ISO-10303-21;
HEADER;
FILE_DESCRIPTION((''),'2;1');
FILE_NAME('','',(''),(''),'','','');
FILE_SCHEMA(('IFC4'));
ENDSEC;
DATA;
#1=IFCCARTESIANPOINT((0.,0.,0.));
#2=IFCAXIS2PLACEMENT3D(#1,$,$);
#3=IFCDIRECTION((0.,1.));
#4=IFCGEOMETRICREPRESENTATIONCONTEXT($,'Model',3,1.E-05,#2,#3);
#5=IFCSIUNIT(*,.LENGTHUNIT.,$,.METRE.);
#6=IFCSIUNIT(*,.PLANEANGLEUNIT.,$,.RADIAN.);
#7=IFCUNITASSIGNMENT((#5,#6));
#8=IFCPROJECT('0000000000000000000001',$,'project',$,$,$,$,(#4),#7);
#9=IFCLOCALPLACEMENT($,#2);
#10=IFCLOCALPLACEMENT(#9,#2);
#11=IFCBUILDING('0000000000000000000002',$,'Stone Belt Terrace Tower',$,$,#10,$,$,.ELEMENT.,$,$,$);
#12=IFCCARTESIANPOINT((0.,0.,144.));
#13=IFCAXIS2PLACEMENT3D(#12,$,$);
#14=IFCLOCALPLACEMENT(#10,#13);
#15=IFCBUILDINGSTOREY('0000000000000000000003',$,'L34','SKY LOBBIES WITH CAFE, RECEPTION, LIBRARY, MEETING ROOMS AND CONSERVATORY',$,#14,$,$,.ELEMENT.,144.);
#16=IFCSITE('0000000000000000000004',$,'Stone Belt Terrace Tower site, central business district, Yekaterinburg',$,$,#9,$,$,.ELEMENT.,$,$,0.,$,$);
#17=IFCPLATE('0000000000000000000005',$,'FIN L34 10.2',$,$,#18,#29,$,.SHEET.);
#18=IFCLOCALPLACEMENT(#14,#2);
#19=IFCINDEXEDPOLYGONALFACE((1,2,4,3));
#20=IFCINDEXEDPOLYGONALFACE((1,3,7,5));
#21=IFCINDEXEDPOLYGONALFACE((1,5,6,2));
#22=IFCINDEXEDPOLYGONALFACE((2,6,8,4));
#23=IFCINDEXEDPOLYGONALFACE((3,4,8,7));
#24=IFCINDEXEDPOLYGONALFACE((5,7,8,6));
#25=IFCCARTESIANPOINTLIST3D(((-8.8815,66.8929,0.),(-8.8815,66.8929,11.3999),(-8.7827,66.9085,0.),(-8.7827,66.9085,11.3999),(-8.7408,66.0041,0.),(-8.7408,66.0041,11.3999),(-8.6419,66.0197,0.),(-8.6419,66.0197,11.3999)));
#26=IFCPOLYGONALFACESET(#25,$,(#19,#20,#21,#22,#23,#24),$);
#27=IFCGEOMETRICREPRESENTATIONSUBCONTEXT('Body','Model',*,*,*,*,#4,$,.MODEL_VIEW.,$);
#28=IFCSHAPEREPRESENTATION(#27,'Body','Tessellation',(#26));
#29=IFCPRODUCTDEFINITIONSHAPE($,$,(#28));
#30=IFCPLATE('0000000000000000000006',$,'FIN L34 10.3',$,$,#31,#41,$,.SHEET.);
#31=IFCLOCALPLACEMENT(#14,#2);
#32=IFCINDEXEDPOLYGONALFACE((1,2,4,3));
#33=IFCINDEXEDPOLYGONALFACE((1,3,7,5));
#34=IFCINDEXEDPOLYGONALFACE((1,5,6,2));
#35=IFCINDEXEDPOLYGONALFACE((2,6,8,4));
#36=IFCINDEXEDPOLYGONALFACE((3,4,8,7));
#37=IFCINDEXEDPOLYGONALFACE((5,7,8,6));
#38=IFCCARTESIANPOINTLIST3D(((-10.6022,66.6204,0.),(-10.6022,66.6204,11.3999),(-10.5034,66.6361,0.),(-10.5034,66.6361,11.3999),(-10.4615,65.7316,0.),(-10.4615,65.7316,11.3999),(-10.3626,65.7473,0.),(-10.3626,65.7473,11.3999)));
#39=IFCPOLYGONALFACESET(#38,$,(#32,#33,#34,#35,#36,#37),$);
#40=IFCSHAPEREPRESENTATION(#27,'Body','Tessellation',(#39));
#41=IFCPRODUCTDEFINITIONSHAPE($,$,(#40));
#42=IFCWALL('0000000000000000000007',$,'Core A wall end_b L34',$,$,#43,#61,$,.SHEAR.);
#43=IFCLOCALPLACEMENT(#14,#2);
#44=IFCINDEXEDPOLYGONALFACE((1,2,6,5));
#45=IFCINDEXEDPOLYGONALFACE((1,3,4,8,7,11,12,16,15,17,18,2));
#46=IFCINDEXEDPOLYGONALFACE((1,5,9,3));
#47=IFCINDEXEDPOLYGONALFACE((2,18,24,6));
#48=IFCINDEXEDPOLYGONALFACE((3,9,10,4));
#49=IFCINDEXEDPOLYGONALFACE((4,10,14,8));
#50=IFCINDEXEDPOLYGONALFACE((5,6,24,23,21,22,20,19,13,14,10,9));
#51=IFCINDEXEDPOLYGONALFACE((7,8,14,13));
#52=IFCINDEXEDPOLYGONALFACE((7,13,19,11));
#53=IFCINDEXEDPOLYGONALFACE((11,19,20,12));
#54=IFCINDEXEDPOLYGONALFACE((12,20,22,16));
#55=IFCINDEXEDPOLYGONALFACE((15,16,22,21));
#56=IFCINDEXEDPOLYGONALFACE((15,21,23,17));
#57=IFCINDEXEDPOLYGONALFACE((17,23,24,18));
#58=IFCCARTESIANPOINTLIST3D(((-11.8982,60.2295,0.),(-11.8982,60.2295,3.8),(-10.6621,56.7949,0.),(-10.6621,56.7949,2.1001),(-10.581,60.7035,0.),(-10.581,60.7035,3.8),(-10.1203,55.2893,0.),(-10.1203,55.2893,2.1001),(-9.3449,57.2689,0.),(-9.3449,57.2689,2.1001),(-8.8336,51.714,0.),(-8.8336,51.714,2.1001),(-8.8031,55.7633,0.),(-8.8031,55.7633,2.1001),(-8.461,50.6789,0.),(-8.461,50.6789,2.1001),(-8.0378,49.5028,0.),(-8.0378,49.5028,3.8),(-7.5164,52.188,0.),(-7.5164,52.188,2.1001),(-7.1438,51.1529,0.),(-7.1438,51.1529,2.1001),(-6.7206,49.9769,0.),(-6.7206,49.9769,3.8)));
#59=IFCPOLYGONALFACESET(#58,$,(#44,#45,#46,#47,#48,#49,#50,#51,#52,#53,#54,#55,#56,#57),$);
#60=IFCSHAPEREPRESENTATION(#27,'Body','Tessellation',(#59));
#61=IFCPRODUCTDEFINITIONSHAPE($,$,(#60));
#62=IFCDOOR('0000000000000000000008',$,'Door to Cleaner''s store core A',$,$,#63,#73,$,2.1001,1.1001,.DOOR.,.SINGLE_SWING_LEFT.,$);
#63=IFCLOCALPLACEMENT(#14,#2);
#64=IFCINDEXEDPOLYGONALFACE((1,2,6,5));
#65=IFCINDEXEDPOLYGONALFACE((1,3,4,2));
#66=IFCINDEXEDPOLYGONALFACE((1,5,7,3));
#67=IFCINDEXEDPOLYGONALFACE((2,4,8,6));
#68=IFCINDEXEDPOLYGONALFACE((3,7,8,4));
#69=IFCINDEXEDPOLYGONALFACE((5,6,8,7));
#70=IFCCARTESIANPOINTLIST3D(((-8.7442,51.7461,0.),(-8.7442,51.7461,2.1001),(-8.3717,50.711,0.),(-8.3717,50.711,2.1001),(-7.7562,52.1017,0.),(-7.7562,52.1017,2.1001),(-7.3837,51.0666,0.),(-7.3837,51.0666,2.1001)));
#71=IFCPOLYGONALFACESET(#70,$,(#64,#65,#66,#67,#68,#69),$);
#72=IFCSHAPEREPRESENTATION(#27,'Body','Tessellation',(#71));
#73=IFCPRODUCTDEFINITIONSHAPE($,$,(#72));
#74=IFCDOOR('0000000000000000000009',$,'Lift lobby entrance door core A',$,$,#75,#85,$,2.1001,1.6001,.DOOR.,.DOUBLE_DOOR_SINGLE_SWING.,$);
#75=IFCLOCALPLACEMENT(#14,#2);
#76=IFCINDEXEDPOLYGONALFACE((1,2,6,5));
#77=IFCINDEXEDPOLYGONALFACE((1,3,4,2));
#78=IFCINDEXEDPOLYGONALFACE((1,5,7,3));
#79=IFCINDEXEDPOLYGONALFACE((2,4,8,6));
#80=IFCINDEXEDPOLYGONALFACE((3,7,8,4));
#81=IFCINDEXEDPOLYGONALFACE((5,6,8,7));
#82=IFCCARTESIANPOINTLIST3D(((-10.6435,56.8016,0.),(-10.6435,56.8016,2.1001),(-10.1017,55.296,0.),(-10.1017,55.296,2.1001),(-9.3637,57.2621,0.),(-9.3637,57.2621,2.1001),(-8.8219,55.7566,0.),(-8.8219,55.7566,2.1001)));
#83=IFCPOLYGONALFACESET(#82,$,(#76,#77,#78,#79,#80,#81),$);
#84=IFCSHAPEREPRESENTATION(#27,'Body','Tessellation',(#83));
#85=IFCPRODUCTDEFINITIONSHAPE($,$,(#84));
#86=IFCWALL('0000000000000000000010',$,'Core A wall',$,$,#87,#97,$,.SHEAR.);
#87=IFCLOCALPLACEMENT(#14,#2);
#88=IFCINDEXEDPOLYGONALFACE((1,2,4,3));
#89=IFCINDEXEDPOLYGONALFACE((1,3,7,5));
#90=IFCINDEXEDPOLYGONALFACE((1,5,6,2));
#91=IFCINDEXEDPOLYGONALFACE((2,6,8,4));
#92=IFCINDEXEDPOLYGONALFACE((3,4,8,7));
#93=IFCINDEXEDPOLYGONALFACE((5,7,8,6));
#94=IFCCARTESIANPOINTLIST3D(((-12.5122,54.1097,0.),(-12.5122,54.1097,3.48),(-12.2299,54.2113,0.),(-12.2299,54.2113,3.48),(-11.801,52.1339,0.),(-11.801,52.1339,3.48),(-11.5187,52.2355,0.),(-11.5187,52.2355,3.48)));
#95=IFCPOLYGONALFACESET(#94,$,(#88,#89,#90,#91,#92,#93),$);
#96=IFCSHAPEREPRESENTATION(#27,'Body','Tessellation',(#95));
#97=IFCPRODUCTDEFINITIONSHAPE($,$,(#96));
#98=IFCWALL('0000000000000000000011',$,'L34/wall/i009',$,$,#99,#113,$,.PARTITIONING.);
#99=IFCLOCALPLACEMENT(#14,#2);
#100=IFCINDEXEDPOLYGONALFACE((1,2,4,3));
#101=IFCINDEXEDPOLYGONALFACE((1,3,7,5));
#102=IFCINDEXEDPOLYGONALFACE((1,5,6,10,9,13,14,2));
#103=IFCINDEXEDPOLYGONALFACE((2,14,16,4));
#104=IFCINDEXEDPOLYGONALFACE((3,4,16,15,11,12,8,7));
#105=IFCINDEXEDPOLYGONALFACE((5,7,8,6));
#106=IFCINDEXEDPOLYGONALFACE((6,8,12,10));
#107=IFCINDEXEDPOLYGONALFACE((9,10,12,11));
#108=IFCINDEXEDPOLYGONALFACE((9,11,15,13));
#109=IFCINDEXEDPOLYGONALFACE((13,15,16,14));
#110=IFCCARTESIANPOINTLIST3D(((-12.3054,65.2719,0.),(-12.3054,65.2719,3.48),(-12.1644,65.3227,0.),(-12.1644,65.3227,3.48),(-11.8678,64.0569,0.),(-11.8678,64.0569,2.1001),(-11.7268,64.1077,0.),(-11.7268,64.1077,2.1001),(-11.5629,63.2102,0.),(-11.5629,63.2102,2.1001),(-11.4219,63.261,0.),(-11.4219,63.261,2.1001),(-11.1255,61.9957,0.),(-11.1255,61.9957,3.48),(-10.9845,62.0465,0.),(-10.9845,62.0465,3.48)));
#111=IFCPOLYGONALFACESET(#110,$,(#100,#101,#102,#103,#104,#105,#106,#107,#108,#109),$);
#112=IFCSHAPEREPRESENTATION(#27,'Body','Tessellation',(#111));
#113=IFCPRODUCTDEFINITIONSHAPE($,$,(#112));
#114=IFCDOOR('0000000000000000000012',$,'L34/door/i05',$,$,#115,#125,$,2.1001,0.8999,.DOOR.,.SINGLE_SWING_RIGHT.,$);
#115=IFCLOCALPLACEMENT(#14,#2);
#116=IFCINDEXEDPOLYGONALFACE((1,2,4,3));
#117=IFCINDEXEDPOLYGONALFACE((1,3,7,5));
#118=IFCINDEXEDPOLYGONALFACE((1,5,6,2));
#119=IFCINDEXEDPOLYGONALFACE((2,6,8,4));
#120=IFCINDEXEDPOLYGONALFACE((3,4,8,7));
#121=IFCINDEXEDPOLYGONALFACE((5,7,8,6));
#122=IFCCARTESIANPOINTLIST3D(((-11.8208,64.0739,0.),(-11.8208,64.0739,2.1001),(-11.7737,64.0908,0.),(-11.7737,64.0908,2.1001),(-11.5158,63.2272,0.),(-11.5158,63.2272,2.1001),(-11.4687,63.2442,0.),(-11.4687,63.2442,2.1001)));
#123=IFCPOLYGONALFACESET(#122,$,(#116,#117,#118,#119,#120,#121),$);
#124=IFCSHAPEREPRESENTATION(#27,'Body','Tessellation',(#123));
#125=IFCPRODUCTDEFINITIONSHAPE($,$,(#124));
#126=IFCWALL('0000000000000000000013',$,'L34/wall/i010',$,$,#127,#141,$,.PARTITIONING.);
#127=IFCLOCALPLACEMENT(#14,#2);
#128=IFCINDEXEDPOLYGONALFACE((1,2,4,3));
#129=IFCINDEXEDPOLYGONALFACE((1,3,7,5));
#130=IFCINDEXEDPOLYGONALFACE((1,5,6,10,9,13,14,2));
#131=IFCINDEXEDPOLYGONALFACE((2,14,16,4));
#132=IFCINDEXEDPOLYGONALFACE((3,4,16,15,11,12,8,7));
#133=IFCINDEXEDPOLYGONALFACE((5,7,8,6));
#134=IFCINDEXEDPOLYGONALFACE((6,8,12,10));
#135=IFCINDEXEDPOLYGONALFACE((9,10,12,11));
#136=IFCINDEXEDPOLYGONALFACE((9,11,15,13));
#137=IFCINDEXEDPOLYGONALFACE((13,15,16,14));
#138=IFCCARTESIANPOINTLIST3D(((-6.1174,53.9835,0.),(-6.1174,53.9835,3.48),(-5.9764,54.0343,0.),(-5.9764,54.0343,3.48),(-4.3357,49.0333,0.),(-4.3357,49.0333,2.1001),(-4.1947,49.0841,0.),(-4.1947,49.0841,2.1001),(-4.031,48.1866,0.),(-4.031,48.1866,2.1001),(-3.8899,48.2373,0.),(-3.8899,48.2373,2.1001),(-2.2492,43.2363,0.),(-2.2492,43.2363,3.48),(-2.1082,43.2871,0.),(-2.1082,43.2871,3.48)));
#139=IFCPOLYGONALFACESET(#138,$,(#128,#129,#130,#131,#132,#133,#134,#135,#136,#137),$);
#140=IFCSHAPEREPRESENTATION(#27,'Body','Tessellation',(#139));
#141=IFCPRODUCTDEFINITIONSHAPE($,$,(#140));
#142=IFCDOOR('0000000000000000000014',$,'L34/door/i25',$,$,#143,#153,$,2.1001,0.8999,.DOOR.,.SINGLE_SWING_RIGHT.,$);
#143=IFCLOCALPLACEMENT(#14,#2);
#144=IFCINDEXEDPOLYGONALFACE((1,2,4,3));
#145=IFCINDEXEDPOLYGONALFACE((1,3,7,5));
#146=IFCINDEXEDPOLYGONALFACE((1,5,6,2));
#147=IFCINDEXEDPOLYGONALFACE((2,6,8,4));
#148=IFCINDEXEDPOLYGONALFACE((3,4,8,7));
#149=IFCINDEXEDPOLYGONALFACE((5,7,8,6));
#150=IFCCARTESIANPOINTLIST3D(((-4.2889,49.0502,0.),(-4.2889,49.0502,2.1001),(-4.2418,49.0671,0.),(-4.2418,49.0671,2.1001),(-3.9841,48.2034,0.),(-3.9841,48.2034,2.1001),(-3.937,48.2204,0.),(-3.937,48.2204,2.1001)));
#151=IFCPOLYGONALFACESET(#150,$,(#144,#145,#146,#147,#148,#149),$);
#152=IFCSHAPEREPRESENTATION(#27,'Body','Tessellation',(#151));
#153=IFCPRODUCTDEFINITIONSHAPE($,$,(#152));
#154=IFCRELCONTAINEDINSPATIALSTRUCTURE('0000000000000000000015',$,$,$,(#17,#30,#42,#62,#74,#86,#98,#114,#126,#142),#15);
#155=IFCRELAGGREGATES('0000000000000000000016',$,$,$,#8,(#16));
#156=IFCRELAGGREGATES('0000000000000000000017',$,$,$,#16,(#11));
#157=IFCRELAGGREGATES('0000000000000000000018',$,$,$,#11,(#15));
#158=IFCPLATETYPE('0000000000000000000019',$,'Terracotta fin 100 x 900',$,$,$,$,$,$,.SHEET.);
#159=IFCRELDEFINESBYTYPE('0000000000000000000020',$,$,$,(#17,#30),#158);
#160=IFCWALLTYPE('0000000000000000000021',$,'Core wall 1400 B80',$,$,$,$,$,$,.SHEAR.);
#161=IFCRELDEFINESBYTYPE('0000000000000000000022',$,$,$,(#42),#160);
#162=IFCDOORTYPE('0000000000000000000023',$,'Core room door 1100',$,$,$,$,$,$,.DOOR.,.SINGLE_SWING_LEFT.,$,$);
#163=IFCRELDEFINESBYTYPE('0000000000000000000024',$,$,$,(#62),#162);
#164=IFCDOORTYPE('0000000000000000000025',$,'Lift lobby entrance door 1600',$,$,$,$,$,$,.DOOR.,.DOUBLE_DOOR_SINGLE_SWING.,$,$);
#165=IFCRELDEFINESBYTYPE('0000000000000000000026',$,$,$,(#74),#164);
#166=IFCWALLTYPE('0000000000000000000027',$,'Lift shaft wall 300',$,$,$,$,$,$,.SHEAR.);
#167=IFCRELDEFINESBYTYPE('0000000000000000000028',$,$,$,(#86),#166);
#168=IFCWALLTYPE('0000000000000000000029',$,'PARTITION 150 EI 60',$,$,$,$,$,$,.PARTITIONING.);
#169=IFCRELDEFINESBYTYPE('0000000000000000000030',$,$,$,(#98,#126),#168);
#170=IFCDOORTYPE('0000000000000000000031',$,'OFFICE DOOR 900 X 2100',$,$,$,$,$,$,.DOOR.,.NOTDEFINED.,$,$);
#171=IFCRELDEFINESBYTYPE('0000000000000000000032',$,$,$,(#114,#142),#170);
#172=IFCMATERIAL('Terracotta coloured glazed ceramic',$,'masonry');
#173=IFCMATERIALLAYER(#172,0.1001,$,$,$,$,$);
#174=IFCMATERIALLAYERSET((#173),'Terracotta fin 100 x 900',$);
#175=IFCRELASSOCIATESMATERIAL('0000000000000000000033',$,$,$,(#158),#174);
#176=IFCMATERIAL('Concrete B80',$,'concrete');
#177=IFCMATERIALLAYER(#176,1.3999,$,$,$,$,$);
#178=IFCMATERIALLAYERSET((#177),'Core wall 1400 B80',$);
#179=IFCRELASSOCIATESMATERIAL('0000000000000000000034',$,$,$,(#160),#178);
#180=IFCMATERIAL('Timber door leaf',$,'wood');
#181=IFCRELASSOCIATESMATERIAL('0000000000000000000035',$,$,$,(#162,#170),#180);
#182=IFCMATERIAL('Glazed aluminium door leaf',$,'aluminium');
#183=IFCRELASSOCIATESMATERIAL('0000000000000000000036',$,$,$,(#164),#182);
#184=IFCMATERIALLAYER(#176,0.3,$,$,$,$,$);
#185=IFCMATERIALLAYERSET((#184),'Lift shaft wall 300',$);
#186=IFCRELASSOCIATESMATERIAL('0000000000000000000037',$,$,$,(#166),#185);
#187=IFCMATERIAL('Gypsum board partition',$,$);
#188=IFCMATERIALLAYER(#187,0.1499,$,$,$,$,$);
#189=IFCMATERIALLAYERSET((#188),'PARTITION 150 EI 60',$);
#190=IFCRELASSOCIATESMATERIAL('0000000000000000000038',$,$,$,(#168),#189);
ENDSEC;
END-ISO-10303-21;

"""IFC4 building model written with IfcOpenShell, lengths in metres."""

from ifc_helpers import new_model, si_unit, direction, frame, frame_2d, origin, origin_2d, place, context, subcontext, project, spatial, rectangle, extrude, material, layer, layer_set, type_object, element, fill, save


model = new_model("IFC4")

# Units and contexts
model_context = context("Model", 3, precision=1e-05, world=origin(), true_north=direction((0.0, 1.0)))
body_context = subcontext(model_context, "Body", "Model", "MODEL_VIEW")
ifc_project = project(units=[si_unit("LENGTHUNIT", "METRE"), si_unit("PLANEANGLEUNIT", "RADIAN")], contexts=[model_context])

# Site, building, storey
site_placement = place(None, origin())
site = spatial("IfcSite", under=ifc_project, at=site_placement, Name="Stone Belt Terrace Tower site, central business district, Yekaterinburg", CompositionType="ELEMENT", RefElevation=0.0)
building_placement = place(site_placement, origin())
building = spatial("IfcBuilding", under=site, at=building_placement, Name="Stone Belt Terrace Tower", CompositionType="ELEMENT")
storey_placement = place(building_placement, frame((0.0, 0.0, 144.0)))
storey = spatial("IfcBuildingStorey", under=building, at=storey_placement, Name="L34", Description="SKY LOBBIES WITH CAFE, RECEPTION, LIBRARY, MEETING ROOMS AND CONSERVATORY", CompositionType="ELEMENT", Elevation=144.0)

# Shared definitions
ifc_material_1 = material(Name="Concrete B80", Category="concrete")

# Plates
ifc_material_2 = material(Name="Terracotta coloured glazed ceramic", Category="masonry")
ifc_layer_1 = layer(ifc_material_2, 0.1001)
ifc_layer_set_1 = layer_set([ifc_layer_1], Name="Terracotta fin 100 x 900")
plate_type_1 = type_object("IfcPlateType", Name="Terracotta fin 100 x 900", PredefinedType="SHEET", material=ifc_layer_set_1)
for number, where, z_axis, x_axis, name in (
    (1, (-8.7617, 66.4563, 0.0), (0.0, 0.0, 1.0), (-0.156434, 0.987688, 0.0), "FIN L34 10.2"),
    (2, (-10.4824, 66.1838, 0.0), (0.0, 0.0, 1.0), (-0.156434, 0.987688, 0.0), "FIN L34 10.3"),
):
    element("IfcPlate", number, at=place(storey_placement, frame(where, z_axis=z_axis, x_axis=x_axis)), inside=storey, type_object=plate_type_1, Name=name, PredefinedType="SHEET", context=body_context, shape_type="SweptSolid", body=[
        extrude(rectangle(XDim=0.8999, YDim=0.1001, at=origin_2d()), origin(), (0.0, 0.0, 1.0), 11.3999),
    ])

# Wall, openings, doors
ifc_layer_2 = layer(ifc_material_1, 1.3999)
ifc_layer_set_2 = layer_set([ifc_layer_2], Name="Core wall 1400 B80")
wall_type_1 = type_object("IfcWallType", Name="Core wall 1400 B80", PredefinedType="SHEAR", material=ifc_layer_set_2)
wall_1_placement = place(storey_placement, frame((-7.3792, 49.7397, 0.0), z_axis=(0.0, 0.0, 1.0), x_axis=(-0.338625, 0.940921, 0.0)))
wall_1 = element("IfcWall", 3, at=wall_1_placement, inside=storey, type_object=wall_type_1, Name="Core A wall end_b L34", PredefinedType="SHEAR", context=body_context, shape_type="SweptSolid", body=[
    extrude(rectangle(XDim=11.4001, YDim=1.3999, at=frame_2d((5.7002, 0.0))), origin(), (0.0, 0.0, 1.0), 3.8),
])
opening_1_placement = place(wall_1_placement, frame((6.1499, 0.0, 0.0)))
opening_1 = element("IfcOpeningElement", 4, at=opening_1_placement, cuts=wall_1, PredefinedType="OPENING", context=body_context, shape_type="SweptSolid", body=[
    extrude(rectangle(XDim=1.6001, YDim=2.1001, at=frame_2d((0.8, 1.05))), frame((0.0, 0.71, 0.0), z_axis=(0.0, -1.0, 0.0), x_axis=(1.0, 0.0, 0.0)), (0.0, 0.0, 1.0), 1.4199),
])
opening_2_placement = place(wall_1_placement, frame((1.25, 0.0, 0.0)))
opening_2 = element("IfcOpeningElement", 5, at=opening_2_placement, cuts=wall_1, PredefinedType="OPENING", context=body_context, shape_type="SweptSolid", body=[
    extrude(rectangle(XDim=1.1001, YDim=2.1001, at=frame_2d((0.55, 1.05))), frame((0.0, 0.71, 0.0), z_axis=(0.0, -1.0, 0.0), x_axis=(1.0, 0.0, 0.0)), (0.0, 0.0, 1.0), 1.4199),
])
ifc_material_3 = material(Name="Timber door leaf", Category="wood")
door_type_1 = type_object("IfcDoorType", Name="Core room door 1100", OperationType="SINGLE_SWING_LEFT", PredefinedType="DOOR", material=ifc_material_3)
door_1_placement = place(opening_2_placement, origin())
door_1 = element("IfcDoor", 6, at=door_1_placement, inside=storey, type_object=door_type_1, Name="Door to Cleaner's store core A", OperationType="SINGLE_SWING_LEFT", OverallHeight=2.1001, OverallWidth=1.1001, PredefinedType="DOOR", context=body_context, shape_type="SweptSolid", body=[
    extrude(rectangle(XDim=1.1001, YDim=2.1001, at=frame_2d((0.55, 1.05))), frame((0.0, 0.605, 0.0), z_axis=(0.0, -1.0, 0.0), x_axis=(1.0, 0.0, 0.0)), (0.0, 0.0, 1.0), 1.05),
])
fill(opening_2, door_1)
ifc_material_4 = material(Name="Glazed aluminium door leaf", Category="aluminium")
door_type_2 = type_object("IfcDoorType", Name="Lift lobby entrance door 1600", OperationType="DOUBLE_DOOR_SINGLE_SWING", PredefinedType="DOOR", material=ifc_material_4)
door_2_placement = place(opening_1_placement, origin())
door_2 = element("IfcDoor", 7, at=door_2_placement, inside=storey, type_object=door_type_2, Name="Lift lobby entrance door core A", OperationType="DOUBLE_DOOR_SINGLE_SWING", OverallHeight=2.1001, OverallWidth=1.6001, PredefinedType="DOOR", context=body_context, shape_type="SweptSolid", body=[
    extrude(rectangle(XDim=1.6001, YDim=2.1001, at=frame_2d((0.8, 1.05))), frame((0.0, 0.6802, 0.0), z_axis=(0.0, -1.0, 0.0), x_axis=(1.0, 0.0, 0.0)), (0.0, 0.0, 1.0), 1.3601),
])
fill(opening_1, door_2)

# Wall
ifc_layer_3 = layer(ifc_material_1, 0.3)
ifc_layer_set_3 = layer_set([ifc_layer_3], Name="Lift shaft wall 300")
wall_type_2 = type_object("IfcWallType", Name="Lift shaft wall 300", PredefinedType="SHEAR", material=ifc_layer_set_3)
wall_2_placement = place(storey_placement, frame((-11.6599, 52.1848, 0.0), z_axis=(0.0, 0.0, 1.0), x_axis=(-0.33867, 0.940905, 0.0)))
element("IfcWall", 8, at=wall_2_placement, inside=storey, type_object=wall_type_2, Name="Core A wall", PredefinedType="SHEAR", context=body_context, shape_type="SweptSolid", body=[
    extrude(rectangle(XDim=2.0999, YDim=0.3, at=frame_2d((1.0498, 0.0))), origin(), (0.0, 0.0, 1.0), 3.48),
])

# Walls, openings, doors
ifc_material_5 = material(Name="Gypsum board partition")
ifc_layer_4 = layer(ifc_material_5, 0.1499)
ifc_layer_set_4 = layer_set([ifc_layer_4], Name="PARTITION 150 EI 60")
wall_type_3 = type_object("IfcWallType", Name="PARTITION 150 EI 60", PredefinedType="PARTITIONING", material=ifc_layer_set_4)
wall_3_placement = place(storey_placement, frame((-11.0549, 62.021, 0.0), z_axis=(0.0, 0.0, 1.0), x_axis=(-0.338854, 0.940839, 0.0)))
wall_3 = element("IfcWall", 9, at=wall_3_placement, inside=storey, type_object=wall_type_3, Name="L34/wall/i009", PredefinedType="PARTITIONING", context=body_context, shape_type="SweptSolid", body=[
    extrude(rectangle(XDim=3.4822, YDim=0.1499, at=frame_2d((1.7412, 0.0))), origin(), (0.0, 0.0, 1.0), 3.48),
])
opening_3_placement = place(wall_3_placement, frame((1.291, 0.0, 0.0)))
opening_3 = element("IfcOpeningElement", 10, at=opening_3_placement, cuts=wall_3, PredefinedType="OPENING", context=body_context, shape_type="SweptSolid", body=[
    extrude(rectangle(XDim=0.8999, YDim=2.1001, at=frame_2d((0.45, 1.05))), frame((0.0, 0.085, 0.0), z_axis=(0.0, -1.0, 0.0), x_axis=(1.0, 0.0, 0.0)), (0.0, 0.0, 1.0), 0.1699),
])
door_type_3 = type_object("IfcDoorType", Name="OFFICE DOOR 900 X 2100", OperationType="NOTDEFINED", PredefinedType="DOOR", material=ifc_material_3)
door_3_placement = place(opening_3_placement, origin())
door_3 = element("IfcDoor", 11, at=door_3_placement, inside=storey, type_object=door_type_3, Name="L34/door/i05", OperationType="SINGLE_SWING_RIGHT", OverallHeight=2.1001, OverallWidth=0.8999, PredefinedType="DOOR", context=body_context, shape_type="SweptSolid", body=[
    extrude(rectangle(XDim=0.8999, YDim=2.1001, at=frame_2d((0.45, 1.05))), frame((0.0, 0.0249, 0.0), z_axis=(0.0, -1.0, 0.0), x_axis=(1.0, 0.0, 0.0)), (0.0, 0.0, 1.0), 0.05),
])
fill(opening_3, door_3)
wall_4_placement = place(storey_placement, frame((-6.0469, 54.0088, 0.0), z_axis=(0.0, 0.0, 1.0), x_axis=(0.338659, -0.940909, 0.0)))
wall_4 = element("IfcWall", 12, at=wall_4_placement, inside=storey, type_object=wall_type_3, Name="L34/wall/i010", PredefinedType="PARTITIONING", context=body_context, shape_type="SweptSolid", body=[
    extrude(rectangle(XDim=11.4221, YDim=0.1499, at=frame_2d((5.7109, 0.0))), origin(), (0.0, 0.0, 1.0), 3.48),
])
opening_4_placement = place(wall_4_placement, frame((5.261, 0.0, 0.0)))
opening_4 = element("IfcOpeningElement", 13, at=opening_4_placement, cuts=wall_4, PredefinedType="OPENING", context=body_context, shape_type="SweptSolid", body=[
    extrude(rectangle(XDim=0.8999, YDim=2.1001, at=frame_2d((0.45, 1.05))), frame((0.0, 0.085, 0.0), z_axis=(0.0, -1.0, 0.0), x_axis=(1.0, 0.0, 0.0)), (0.0, 0.0, 1.0), 0.1699),
])
door_4_placement = place(opening_4_placement, origin())
door_4 = element("IfcDoor", 14, at=door_4_placement, inside=storey, type_object=door_type_3, Name="L34/door/i25", OperationType="SINGLE_SWING_RIGHT", OverallHeight=2.1001, OverallWidth=0.8999, PredefinedType="DOOR", context=body_context, shape_type="SweptSolid", body=[
    extrude(rectangle(XDim=0.8999, YDim=2.1001, at=frame_2d((0.45, 1.05))), frame((0.0, 0.0249, 0.0), z_axis=(0.0, -1.0, 0.0), x_axis=(1.0, 0.0, 0.0)), (0.0, 0.0, 1.0), 0.05),
])
fill(opening_4, door_4)

save(model, "model.ifc")
